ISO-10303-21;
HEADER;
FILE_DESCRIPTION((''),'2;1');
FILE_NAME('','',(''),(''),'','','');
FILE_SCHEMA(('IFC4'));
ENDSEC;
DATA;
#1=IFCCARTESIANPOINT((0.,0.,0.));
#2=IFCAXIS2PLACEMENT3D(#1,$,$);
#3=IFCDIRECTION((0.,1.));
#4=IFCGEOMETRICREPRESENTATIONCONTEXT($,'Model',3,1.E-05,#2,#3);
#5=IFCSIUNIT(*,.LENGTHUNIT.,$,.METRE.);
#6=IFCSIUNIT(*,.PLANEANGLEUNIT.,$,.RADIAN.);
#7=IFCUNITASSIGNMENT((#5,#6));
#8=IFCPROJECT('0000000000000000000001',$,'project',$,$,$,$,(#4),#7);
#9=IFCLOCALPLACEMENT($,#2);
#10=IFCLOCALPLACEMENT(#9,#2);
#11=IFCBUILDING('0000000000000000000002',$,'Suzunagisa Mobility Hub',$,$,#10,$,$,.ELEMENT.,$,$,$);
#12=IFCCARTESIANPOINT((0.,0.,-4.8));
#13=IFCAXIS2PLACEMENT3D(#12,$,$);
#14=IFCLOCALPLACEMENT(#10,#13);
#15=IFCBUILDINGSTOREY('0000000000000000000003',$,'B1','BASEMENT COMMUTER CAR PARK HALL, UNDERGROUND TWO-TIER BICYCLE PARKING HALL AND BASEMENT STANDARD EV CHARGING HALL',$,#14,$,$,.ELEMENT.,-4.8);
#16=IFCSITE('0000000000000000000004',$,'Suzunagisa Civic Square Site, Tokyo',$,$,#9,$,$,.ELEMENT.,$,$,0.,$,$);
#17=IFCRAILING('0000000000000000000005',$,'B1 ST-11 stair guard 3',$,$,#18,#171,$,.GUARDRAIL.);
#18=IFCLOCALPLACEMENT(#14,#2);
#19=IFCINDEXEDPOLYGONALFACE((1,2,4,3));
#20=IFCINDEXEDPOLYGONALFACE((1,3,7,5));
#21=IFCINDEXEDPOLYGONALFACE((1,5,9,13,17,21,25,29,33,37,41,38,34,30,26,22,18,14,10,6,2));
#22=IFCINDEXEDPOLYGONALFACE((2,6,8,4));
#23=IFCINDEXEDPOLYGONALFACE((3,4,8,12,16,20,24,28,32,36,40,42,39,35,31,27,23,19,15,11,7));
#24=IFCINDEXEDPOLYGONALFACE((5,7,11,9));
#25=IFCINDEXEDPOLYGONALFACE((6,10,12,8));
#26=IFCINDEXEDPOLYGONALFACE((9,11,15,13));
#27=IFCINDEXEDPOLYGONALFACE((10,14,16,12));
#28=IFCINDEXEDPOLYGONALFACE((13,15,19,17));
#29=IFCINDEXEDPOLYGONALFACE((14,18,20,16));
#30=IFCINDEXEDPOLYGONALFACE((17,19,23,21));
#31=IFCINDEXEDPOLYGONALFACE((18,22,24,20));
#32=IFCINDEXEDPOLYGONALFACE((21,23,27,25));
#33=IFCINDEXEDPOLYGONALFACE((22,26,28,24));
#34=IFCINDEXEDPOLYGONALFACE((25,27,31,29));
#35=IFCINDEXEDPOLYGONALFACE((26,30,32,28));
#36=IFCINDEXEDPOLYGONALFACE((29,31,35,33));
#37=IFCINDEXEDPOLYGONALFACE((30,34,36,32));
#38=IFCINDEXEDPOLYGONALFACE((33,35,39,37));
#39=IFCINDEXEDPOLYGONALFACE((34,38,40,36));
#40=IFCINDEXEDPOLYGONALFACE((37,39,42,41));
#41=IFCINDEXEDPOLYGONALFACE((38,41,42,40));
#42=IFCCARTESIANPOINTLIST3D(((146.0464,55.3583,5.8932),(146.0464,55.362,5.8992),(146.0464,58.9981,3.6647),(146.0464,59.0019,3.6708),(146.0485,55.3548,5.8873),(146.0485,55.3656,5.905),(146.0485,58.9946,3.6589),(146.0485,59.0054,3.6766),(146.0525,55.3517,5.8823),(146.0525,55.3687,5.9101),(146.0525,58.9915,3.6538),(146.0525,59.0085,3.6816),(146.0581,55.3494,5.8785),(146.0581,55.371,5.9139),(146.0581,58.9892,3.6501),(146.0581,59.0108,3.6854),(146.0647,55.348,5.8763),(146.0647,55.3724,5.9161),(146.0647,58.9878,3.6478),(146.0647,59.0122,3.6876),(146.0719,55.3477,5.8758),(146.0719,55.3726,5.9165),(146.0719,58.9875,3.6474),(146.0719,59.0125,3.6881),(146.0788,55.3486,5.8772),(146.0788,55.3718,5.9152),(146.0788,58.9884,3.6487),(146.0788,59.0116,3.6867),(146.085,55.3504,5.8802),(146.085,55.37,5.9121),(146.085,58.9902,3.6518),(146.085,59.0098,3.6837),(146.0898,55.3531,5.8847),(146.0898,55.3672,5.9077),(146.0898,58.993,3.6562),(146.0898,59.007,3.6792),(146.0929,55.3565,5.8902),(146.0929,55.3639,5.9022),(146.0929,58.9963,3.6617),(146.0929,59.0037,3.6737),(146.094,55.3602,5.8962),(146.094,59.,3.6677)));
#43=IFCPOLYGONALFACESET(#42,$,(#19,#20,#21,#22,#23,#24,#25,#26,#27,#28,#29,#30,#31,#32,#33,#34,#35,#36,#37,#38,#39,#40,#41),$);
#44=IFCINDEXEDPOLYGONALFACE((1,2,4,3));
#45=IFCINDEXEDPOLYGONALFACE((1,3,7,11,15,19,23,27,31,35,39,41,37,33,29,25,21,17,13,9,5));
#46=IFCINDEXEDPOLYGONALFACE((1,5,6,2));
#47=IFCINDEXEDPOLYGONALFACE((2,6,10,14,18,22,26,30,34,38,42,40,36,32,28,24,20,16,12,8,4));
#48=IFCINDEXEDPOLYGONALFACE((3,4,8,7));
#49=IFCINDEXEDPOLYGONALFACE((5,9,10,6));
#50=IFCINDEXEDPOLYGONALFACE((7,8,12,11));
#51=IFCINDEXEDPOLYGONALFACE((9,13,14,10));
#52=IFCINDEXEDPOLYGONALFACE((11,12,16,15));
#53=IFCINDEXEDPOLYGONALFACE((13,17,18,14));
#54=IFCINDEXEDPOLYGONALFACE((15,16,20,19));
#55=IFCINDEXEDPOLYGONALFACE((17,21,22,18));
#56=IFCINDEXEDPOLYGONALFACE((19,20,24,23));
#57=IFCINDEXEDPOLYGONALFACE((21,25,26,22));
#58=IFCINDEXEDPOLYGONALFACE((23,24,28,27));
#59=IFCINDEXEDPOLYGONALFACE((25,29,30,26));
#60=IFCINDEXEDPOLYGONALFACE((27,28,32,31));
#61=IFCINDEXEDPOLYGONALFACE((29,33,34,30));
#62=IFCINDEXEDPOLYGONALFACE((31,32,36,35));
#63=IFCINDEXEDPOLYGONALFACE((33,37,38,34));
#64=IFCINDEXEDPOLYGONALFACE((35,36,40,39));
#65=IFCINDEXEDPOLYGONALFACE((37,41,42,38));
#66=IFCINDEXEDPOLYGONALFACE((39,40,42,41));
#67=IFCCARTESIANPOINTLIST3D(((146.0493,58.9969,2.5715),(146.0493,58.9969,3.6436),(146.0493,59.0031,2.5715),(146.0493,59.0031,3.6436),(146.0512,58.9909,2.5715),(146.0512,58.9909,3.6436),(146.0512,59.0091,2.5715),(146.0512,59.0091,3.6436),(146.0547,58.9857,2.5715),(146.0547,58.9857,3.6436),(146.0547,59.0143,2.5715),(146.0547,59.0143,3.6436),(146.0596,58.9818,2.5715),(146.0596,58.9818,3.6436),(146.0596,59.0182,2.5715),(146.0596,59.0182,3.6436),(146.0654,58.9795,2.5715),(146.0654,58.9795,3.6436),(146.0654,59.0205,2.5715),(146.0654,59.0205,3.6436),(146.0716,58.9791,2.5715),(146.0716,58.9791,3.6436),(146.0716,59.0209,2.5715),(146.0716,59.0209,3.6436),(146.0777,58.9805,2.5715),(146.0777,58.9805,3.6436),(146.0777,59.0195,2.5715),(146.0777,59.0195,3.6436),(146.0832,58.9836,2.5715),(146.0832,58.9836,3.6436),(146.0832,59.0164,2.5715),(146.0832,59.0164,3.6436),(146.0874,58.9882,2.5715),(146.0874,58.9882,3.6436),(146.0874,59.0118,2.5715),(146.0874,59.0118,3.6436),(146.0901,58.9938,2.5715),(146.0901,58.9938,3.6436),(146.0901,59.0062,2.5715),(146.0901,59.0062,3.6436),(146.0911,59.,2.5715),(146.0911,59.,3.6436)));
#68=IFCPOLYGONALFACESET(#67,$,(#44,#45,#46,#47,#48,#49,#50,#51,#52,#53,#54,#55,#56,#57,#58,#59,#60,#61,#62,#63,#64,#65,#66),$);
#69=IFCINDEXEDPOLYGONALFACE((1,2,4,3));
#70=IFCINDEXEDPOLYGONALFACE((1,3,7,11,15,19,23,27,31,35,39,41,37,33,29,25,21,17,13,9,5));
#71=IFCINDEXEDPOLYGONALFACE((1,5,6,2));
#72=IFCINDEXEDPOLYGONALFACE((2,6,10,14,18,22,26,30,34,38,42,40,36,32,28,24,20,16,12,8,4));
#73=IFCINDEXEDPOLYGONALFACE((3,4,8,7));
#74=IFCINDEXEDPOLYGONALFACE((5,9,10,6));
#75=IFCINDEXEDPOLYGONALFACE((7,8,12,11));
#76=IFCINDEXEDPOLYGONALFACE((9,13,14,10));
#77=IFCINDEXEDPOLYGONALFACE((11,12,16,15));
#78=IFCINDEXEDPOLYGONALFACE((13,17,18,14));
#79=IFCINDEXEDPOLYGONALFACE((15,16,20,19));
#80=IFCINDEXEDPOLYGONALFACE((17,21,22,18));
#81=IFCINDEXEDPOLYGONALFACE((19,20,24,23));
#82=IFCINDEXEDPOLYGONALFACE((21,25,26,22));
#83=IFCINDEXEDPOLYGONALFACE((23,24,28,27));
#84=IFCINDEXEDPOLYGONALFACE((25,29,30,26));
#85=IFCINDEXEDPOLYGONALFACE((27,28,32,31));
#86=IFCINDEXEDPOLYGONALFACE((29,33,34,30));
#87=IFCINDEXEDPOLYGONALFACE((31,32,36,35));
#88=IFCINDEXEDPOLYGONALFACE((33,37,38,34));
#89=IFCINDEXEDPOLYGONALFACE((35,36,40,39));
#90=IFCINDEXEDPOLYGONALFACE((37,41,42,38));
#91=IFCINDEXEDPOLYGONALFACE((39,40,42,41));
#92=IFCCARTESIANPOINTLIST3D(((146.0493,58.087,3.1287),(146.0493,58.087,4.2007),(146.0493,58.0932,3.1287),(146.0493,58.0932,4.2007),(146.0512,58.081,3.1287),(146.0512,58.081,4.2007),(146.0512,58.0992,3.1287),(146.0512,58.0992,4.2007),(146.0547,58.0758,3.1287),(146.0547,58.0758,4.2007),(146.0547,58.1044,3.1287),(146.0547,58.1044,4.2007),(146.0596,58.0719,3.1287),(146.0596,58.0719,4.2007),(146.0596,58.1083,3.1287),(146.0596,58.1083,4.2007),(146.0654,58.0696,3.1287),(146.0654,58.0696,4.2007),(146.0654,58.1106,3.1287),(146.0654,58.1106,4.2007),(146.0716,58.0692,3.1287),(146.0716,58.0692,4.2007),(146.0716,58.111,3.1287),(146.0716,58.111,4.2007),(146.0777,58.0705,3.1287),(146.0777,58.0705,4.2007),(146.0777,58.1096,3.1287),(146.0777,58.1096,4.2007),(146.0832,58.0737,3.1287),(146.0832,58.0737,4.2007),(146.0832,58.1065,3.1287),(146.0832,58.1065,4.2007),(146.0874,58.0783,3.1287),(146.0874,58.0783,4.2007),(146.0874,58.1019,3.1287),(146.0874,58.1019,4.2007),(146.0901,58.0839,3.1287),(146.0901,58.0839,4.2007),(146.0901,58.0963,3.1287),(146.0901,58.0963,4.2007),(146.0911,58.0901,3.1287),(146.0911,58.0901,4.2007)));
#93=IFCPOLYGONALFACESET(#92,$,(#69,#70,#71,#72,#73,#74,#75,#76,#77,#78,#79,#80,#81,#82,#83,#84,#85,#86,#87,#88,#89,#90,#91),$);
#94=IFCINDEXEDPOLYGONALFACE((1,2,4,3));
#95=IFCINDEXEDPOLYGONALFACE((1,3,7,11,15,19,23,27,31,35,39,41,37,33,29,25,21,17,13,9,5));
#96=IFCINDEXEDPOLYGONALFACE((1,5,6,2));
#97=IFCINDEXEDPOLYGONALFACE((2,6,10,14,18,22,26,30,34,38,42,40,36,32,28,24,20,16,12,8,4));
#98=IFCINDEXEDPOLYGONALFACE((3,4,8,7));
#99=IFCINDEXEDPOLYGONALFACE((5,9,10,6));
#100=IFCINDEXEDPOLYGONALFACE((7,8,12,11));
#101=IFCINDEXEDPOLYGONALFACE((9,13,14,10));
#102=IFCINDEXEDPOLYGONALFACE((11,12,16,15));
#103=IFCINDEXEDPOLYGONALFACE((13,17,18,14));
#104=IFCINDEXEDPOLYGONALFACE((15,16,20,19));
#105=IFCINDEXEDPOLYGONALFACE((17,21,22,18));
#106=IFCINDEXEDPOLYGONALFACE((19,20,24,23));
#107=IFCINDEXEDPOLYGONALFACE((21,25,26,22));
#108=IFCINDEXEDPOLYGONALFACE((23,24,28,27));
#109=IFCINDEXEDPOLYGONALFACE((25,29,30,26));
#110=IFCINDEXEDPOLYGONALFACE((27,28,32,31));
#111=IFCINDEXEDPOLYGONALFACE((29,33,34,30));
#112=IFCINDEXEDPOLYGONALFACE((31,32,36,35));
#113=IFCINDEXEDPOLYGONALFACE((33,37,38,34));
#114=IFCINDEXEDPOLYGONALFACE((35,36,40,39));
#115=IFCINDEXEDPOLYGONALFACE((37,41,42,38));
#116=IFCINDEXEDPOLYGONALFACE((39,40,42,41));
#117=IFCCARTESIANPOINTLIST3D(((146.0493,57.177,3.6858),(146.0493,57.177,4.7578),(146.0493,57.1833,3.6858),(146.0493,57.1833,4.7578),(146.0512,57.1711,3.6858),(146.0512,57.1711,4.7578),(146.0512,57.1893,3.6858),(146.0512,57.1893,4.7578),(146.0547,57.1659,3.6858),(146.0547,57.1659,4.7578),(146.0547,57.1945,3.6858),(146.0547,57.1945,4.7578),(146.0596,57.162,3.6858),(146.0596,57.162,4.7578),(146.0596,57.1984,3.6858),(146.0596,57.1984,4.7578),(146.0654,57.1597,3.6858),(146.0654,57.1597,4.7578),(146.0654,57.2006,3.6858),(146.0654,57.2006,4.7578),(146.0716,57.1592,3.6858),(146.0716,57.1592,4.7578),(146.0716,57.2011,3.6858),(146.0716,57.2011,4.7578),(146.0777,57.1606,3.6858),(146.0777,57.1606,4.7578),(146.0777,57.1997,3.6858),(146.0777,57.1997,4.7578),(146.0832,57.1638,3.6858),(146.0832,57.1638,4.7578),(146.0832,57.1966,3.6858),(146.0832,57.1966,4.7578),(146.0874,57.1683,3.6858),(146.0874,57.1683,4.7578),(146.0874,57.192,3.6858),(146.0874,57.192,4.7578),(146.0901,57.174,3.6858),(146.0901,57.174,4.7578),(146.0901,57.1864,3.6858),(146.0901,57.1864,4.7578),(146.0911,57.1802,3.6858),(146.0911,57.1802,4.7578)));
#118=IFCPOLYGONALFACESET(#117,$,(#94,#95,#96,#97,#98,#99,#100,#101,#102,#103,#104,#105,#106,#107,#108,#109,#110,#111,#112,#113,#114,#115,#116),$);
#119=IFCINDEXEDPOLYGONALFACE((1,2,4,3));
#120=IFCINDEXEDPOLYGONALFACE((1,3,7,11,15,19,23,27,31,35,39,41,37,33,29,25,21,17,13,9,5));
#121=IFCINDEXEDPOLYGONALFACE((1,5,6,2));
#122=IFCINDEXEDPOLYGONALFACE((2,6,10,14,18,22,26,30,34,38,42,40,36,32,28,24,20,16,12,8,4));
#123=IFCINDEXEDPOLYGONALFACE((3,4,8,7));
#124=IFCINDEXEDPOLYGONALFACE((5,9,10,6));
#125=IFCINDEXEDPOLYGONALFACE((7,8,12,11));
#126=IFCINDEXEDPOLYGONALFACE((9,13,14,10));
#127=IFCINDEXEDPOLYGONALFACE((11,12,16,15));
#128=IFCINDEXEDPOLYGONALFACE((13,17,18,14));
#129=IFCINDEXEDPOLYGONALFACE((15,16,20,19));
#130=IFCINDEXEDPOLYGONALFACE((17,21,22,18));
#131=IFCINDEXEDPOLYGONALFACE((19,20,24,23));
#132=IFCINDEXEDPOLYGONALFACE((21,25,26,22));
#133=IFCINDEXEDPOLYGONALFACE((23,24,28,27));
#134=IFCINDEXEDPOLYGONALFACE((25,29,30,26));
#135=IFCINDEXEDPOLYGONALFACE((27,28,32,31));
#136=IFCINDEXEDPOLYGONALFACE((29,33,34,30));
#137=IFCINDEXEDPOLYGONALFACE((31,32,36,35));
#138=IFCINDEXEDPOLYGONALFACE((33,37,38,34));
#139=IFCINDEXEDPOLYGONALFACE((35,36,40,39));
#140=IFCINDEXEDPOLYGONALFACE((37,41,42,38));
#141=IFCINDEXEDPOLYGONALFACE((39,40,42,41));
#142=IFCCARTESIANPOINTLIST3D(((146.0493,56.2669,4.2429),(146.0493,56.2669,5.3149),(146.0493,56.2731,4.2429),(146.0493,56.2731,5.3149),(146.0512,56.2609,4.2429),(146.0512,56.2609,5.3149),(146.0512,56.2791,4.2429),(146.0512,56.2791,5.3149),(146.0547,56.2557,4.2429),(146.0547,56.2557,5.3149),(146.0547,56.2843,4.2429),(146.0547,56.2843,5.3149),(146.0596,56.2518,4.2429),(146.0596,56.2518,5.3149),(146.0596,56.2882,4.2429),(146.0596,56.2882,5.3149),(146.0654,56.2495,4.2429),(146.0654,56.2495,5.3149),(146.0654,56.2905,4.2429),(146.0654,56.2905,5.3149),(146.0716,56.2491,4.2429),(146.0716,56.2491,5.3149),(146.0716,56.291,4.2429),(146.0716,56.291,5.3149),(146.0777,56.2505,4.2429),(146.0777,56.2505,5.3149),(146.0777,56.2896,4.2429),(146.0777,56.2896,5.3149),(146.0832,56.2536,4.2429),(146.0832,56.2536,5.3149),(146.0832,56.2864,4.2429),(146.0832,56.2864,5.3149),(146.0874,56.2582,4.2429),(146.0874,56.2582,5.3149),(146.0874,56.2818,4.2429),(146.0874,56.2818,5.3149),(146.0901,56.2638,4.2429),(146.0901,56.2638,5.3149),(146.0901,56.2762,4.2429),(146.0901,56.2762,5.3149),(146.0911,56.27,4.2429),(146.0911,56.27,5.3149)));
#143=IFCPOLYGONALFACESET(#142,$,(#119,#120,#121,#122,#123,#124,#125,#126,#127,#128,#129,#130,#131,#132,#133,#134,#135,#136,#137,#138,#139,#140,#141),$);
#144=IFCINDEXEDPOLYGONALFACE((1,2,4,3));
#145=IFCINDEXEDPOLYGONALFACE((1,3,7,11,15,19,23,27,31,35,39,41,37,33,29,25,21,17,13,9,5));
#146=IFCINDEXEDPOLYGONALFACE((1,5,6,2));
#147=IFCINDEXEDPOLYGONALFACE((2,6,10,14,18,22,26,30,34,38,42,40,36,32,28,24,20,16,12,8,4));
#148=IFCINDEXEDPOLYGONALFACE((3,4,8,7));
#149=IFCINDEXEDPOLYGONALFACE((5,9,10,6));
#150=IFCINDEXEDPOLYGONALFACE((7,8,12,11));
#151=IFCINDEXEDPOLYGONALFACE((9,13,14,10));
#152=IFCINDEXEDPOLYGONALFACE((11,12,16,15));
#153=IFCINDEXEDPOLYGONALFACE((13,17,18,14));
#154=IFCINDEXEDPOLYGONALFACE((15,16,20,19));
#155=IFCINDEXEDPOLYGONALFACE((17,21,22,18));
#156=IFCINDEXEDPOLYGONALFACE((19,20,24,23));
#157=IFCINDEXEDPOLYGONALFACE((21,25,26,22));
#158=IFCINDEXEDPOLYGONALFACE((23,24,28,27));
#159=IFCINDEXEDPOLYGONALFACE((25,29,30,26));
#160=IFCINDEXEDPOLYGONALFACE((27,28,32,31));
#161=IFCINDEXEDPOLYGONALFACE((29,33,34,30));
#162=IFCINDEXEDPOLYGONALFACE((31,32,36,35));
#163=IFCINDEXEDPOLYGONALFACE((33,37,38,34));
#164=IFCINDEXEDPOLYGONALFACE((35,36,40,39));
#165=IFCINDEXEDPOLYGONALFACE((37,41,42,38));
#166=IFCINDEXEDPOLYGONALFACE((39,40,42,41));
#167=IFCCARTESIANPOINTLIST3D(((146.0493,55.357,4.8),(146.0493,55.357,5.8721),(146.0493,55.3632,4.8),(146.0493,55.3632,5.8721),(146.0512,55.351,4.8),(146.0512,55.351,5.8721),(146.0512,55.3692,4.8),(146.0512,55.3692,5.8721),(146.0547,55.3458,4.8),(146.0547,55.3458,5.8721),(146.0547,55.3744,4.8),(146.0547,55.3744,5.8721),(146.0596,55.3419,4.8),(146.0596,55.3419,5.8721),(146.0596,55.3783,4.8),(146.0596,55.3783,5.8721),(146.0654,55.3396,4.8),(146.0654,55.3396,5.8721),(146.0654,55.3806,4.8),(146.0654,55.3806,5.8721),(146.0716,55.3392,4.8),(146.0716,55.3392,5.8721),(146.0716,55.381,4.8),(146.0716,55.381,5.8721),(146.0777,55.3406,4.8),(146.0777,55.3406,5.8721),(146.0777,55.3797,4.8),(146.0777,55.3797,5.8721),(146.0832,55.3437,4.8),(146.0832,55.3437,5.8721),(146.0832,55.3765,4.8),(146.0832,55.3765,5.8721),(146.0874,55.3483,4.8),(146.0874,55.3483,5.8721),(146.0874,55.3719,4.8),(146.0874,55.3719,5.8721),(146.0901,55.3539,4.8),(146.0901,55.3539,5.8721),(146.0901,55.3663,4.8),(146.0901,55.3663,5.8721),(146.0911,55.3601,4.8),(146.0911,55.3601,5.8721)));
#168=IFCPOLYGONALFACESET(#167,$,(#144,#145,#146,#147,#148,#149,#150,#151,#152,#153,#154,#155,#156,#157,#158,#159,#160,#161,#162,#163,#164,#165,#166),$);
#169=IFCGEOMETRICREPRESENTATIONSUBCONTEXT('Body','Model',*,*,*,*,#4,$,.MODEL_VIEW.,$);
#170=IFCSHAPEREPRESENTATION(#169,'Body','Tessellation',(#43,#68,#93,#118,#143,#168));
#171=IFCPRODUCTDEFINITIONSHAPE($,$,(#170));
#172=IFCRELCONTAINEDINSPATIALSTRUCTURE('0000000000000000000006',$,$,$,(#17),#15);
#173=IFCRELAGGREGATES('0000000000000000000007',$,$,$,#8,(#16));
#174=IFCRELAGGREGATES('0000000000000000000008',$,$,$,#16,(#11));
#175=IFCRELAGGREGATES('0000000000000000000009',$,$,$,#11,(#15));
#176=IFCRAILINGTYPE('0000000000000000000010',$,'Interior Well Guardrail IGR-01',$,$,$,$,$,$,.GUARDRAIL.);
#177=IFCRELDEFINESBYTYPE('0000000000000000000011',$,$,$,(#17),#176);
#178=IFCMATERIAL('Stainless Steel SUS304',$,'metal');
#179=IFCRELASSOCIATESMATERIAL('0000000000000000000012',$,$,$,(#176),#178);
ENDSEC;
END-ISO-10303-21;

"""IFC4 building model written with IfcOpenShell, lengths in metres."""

from ifc_helpers import new_model, si_unit, direction, frame, origin, origin_2d, place, context, subcontext, project, spatial, circle, extrude, material, type_object, element, save


model = new_model("IFC4")

# Units and contexts
model_context = context("Model", 3, precision=1e-05, world=origin(), true_north=direction((0.0, 1.0)))
body_context = subcontext(model_context, "Body", "Model", "MODEL_VIEW")
ifc_project = project(units=[si_unit("LENGTHUNIT", "METRE"), si_unit("PLANEANGLEUNIT", "RADIAN")], contexts=[model_context])

# Site, building, storey
site_placement = place(None, origin())
site = spatial("IfcSite", under=ifc_project, at=site_placement, Name="Suzunagisa Civic Square Site, Tokyo", CompositionType="ELEMENT", RefElevation=0.0)
building_placement = place(site_placement, origin())
building = spatial("IfcBuilding", under=site, at=building_placement, Name="Suzunagisa Mobility Hub", CompositionType="ELEMENT")
storey_placement = place(building_placement, frame((0.0, 0.0, -4.8)))
storey = spatial("IfcBuildingStorey", under=building, at=storey_placement, Name="B1", Description="BASEMENT COMMUTER CAR PARK HALL, UNDERGROUND TWO-TIER BICYCLE PARKING HALL AND BASEMENT STANDARD EV CHARGING HALL", CompositionType="ELEMENT", Elevation=-4.8)

# Railing
ifc_material_1 = material(Name="Stainless Steel SUS304", Category="metal")
railing_type_1 = type_object("IfcRailingType", Name="Interior Well Guardrail IGR-01", PredefinedType="GUARDRAIL", material=ifc_material_1)
railing_1_placement = place(storey_placement, frame((146.0701, 59.0, 2.5715)))
element("IfcRailing", 1, at=railing_1_placement, inside=storey, type_object=railing_type_1, Name="B1 ST-11 stair guard 3", PredefinedType="GUARDRAIL", context=body_context, shape_type="SweptSolid", body=[
    extrude(circle(Radius=0.0239, at=origin_2d()), frame((0.0, 0.0, 1.0962), z_axis=(0.0, -0.85285, 0.522156), x_axis=(1.0, 0.0, 0.0)), (0.0, 0.0, 1.0), 4.2678),
    extrude(circle(Radius=0.021, at=origin_2d()), origin(), (0.0, 0.0, 1.0), 1.072),
    extrude(circle(Radius=0.021, at=origin_2d()), frame((0.0, -0.9099, 0.5571)), (0.0, 0.0, 1.0), 1.072),
    extrude(circle(Radius=0.021, at=origin_2d()), frame((0.0, -1.8198, 1.1143)), (0.0, 0.0, 1.0), 1.072),
    extrude(circle(Radius=0.021, at=origin_2d()), frame((0.0, -2.73, 1.6714)), (0.0, 0.0, 1.0), 1.072),
    extrude(circle(Radius=0.021, at=origin_2d()), frame((0.0, -3.6399, 2.2285)), (0.0, 0.0, 1.0), 1.072),
])

save(model, "model.ifc")
